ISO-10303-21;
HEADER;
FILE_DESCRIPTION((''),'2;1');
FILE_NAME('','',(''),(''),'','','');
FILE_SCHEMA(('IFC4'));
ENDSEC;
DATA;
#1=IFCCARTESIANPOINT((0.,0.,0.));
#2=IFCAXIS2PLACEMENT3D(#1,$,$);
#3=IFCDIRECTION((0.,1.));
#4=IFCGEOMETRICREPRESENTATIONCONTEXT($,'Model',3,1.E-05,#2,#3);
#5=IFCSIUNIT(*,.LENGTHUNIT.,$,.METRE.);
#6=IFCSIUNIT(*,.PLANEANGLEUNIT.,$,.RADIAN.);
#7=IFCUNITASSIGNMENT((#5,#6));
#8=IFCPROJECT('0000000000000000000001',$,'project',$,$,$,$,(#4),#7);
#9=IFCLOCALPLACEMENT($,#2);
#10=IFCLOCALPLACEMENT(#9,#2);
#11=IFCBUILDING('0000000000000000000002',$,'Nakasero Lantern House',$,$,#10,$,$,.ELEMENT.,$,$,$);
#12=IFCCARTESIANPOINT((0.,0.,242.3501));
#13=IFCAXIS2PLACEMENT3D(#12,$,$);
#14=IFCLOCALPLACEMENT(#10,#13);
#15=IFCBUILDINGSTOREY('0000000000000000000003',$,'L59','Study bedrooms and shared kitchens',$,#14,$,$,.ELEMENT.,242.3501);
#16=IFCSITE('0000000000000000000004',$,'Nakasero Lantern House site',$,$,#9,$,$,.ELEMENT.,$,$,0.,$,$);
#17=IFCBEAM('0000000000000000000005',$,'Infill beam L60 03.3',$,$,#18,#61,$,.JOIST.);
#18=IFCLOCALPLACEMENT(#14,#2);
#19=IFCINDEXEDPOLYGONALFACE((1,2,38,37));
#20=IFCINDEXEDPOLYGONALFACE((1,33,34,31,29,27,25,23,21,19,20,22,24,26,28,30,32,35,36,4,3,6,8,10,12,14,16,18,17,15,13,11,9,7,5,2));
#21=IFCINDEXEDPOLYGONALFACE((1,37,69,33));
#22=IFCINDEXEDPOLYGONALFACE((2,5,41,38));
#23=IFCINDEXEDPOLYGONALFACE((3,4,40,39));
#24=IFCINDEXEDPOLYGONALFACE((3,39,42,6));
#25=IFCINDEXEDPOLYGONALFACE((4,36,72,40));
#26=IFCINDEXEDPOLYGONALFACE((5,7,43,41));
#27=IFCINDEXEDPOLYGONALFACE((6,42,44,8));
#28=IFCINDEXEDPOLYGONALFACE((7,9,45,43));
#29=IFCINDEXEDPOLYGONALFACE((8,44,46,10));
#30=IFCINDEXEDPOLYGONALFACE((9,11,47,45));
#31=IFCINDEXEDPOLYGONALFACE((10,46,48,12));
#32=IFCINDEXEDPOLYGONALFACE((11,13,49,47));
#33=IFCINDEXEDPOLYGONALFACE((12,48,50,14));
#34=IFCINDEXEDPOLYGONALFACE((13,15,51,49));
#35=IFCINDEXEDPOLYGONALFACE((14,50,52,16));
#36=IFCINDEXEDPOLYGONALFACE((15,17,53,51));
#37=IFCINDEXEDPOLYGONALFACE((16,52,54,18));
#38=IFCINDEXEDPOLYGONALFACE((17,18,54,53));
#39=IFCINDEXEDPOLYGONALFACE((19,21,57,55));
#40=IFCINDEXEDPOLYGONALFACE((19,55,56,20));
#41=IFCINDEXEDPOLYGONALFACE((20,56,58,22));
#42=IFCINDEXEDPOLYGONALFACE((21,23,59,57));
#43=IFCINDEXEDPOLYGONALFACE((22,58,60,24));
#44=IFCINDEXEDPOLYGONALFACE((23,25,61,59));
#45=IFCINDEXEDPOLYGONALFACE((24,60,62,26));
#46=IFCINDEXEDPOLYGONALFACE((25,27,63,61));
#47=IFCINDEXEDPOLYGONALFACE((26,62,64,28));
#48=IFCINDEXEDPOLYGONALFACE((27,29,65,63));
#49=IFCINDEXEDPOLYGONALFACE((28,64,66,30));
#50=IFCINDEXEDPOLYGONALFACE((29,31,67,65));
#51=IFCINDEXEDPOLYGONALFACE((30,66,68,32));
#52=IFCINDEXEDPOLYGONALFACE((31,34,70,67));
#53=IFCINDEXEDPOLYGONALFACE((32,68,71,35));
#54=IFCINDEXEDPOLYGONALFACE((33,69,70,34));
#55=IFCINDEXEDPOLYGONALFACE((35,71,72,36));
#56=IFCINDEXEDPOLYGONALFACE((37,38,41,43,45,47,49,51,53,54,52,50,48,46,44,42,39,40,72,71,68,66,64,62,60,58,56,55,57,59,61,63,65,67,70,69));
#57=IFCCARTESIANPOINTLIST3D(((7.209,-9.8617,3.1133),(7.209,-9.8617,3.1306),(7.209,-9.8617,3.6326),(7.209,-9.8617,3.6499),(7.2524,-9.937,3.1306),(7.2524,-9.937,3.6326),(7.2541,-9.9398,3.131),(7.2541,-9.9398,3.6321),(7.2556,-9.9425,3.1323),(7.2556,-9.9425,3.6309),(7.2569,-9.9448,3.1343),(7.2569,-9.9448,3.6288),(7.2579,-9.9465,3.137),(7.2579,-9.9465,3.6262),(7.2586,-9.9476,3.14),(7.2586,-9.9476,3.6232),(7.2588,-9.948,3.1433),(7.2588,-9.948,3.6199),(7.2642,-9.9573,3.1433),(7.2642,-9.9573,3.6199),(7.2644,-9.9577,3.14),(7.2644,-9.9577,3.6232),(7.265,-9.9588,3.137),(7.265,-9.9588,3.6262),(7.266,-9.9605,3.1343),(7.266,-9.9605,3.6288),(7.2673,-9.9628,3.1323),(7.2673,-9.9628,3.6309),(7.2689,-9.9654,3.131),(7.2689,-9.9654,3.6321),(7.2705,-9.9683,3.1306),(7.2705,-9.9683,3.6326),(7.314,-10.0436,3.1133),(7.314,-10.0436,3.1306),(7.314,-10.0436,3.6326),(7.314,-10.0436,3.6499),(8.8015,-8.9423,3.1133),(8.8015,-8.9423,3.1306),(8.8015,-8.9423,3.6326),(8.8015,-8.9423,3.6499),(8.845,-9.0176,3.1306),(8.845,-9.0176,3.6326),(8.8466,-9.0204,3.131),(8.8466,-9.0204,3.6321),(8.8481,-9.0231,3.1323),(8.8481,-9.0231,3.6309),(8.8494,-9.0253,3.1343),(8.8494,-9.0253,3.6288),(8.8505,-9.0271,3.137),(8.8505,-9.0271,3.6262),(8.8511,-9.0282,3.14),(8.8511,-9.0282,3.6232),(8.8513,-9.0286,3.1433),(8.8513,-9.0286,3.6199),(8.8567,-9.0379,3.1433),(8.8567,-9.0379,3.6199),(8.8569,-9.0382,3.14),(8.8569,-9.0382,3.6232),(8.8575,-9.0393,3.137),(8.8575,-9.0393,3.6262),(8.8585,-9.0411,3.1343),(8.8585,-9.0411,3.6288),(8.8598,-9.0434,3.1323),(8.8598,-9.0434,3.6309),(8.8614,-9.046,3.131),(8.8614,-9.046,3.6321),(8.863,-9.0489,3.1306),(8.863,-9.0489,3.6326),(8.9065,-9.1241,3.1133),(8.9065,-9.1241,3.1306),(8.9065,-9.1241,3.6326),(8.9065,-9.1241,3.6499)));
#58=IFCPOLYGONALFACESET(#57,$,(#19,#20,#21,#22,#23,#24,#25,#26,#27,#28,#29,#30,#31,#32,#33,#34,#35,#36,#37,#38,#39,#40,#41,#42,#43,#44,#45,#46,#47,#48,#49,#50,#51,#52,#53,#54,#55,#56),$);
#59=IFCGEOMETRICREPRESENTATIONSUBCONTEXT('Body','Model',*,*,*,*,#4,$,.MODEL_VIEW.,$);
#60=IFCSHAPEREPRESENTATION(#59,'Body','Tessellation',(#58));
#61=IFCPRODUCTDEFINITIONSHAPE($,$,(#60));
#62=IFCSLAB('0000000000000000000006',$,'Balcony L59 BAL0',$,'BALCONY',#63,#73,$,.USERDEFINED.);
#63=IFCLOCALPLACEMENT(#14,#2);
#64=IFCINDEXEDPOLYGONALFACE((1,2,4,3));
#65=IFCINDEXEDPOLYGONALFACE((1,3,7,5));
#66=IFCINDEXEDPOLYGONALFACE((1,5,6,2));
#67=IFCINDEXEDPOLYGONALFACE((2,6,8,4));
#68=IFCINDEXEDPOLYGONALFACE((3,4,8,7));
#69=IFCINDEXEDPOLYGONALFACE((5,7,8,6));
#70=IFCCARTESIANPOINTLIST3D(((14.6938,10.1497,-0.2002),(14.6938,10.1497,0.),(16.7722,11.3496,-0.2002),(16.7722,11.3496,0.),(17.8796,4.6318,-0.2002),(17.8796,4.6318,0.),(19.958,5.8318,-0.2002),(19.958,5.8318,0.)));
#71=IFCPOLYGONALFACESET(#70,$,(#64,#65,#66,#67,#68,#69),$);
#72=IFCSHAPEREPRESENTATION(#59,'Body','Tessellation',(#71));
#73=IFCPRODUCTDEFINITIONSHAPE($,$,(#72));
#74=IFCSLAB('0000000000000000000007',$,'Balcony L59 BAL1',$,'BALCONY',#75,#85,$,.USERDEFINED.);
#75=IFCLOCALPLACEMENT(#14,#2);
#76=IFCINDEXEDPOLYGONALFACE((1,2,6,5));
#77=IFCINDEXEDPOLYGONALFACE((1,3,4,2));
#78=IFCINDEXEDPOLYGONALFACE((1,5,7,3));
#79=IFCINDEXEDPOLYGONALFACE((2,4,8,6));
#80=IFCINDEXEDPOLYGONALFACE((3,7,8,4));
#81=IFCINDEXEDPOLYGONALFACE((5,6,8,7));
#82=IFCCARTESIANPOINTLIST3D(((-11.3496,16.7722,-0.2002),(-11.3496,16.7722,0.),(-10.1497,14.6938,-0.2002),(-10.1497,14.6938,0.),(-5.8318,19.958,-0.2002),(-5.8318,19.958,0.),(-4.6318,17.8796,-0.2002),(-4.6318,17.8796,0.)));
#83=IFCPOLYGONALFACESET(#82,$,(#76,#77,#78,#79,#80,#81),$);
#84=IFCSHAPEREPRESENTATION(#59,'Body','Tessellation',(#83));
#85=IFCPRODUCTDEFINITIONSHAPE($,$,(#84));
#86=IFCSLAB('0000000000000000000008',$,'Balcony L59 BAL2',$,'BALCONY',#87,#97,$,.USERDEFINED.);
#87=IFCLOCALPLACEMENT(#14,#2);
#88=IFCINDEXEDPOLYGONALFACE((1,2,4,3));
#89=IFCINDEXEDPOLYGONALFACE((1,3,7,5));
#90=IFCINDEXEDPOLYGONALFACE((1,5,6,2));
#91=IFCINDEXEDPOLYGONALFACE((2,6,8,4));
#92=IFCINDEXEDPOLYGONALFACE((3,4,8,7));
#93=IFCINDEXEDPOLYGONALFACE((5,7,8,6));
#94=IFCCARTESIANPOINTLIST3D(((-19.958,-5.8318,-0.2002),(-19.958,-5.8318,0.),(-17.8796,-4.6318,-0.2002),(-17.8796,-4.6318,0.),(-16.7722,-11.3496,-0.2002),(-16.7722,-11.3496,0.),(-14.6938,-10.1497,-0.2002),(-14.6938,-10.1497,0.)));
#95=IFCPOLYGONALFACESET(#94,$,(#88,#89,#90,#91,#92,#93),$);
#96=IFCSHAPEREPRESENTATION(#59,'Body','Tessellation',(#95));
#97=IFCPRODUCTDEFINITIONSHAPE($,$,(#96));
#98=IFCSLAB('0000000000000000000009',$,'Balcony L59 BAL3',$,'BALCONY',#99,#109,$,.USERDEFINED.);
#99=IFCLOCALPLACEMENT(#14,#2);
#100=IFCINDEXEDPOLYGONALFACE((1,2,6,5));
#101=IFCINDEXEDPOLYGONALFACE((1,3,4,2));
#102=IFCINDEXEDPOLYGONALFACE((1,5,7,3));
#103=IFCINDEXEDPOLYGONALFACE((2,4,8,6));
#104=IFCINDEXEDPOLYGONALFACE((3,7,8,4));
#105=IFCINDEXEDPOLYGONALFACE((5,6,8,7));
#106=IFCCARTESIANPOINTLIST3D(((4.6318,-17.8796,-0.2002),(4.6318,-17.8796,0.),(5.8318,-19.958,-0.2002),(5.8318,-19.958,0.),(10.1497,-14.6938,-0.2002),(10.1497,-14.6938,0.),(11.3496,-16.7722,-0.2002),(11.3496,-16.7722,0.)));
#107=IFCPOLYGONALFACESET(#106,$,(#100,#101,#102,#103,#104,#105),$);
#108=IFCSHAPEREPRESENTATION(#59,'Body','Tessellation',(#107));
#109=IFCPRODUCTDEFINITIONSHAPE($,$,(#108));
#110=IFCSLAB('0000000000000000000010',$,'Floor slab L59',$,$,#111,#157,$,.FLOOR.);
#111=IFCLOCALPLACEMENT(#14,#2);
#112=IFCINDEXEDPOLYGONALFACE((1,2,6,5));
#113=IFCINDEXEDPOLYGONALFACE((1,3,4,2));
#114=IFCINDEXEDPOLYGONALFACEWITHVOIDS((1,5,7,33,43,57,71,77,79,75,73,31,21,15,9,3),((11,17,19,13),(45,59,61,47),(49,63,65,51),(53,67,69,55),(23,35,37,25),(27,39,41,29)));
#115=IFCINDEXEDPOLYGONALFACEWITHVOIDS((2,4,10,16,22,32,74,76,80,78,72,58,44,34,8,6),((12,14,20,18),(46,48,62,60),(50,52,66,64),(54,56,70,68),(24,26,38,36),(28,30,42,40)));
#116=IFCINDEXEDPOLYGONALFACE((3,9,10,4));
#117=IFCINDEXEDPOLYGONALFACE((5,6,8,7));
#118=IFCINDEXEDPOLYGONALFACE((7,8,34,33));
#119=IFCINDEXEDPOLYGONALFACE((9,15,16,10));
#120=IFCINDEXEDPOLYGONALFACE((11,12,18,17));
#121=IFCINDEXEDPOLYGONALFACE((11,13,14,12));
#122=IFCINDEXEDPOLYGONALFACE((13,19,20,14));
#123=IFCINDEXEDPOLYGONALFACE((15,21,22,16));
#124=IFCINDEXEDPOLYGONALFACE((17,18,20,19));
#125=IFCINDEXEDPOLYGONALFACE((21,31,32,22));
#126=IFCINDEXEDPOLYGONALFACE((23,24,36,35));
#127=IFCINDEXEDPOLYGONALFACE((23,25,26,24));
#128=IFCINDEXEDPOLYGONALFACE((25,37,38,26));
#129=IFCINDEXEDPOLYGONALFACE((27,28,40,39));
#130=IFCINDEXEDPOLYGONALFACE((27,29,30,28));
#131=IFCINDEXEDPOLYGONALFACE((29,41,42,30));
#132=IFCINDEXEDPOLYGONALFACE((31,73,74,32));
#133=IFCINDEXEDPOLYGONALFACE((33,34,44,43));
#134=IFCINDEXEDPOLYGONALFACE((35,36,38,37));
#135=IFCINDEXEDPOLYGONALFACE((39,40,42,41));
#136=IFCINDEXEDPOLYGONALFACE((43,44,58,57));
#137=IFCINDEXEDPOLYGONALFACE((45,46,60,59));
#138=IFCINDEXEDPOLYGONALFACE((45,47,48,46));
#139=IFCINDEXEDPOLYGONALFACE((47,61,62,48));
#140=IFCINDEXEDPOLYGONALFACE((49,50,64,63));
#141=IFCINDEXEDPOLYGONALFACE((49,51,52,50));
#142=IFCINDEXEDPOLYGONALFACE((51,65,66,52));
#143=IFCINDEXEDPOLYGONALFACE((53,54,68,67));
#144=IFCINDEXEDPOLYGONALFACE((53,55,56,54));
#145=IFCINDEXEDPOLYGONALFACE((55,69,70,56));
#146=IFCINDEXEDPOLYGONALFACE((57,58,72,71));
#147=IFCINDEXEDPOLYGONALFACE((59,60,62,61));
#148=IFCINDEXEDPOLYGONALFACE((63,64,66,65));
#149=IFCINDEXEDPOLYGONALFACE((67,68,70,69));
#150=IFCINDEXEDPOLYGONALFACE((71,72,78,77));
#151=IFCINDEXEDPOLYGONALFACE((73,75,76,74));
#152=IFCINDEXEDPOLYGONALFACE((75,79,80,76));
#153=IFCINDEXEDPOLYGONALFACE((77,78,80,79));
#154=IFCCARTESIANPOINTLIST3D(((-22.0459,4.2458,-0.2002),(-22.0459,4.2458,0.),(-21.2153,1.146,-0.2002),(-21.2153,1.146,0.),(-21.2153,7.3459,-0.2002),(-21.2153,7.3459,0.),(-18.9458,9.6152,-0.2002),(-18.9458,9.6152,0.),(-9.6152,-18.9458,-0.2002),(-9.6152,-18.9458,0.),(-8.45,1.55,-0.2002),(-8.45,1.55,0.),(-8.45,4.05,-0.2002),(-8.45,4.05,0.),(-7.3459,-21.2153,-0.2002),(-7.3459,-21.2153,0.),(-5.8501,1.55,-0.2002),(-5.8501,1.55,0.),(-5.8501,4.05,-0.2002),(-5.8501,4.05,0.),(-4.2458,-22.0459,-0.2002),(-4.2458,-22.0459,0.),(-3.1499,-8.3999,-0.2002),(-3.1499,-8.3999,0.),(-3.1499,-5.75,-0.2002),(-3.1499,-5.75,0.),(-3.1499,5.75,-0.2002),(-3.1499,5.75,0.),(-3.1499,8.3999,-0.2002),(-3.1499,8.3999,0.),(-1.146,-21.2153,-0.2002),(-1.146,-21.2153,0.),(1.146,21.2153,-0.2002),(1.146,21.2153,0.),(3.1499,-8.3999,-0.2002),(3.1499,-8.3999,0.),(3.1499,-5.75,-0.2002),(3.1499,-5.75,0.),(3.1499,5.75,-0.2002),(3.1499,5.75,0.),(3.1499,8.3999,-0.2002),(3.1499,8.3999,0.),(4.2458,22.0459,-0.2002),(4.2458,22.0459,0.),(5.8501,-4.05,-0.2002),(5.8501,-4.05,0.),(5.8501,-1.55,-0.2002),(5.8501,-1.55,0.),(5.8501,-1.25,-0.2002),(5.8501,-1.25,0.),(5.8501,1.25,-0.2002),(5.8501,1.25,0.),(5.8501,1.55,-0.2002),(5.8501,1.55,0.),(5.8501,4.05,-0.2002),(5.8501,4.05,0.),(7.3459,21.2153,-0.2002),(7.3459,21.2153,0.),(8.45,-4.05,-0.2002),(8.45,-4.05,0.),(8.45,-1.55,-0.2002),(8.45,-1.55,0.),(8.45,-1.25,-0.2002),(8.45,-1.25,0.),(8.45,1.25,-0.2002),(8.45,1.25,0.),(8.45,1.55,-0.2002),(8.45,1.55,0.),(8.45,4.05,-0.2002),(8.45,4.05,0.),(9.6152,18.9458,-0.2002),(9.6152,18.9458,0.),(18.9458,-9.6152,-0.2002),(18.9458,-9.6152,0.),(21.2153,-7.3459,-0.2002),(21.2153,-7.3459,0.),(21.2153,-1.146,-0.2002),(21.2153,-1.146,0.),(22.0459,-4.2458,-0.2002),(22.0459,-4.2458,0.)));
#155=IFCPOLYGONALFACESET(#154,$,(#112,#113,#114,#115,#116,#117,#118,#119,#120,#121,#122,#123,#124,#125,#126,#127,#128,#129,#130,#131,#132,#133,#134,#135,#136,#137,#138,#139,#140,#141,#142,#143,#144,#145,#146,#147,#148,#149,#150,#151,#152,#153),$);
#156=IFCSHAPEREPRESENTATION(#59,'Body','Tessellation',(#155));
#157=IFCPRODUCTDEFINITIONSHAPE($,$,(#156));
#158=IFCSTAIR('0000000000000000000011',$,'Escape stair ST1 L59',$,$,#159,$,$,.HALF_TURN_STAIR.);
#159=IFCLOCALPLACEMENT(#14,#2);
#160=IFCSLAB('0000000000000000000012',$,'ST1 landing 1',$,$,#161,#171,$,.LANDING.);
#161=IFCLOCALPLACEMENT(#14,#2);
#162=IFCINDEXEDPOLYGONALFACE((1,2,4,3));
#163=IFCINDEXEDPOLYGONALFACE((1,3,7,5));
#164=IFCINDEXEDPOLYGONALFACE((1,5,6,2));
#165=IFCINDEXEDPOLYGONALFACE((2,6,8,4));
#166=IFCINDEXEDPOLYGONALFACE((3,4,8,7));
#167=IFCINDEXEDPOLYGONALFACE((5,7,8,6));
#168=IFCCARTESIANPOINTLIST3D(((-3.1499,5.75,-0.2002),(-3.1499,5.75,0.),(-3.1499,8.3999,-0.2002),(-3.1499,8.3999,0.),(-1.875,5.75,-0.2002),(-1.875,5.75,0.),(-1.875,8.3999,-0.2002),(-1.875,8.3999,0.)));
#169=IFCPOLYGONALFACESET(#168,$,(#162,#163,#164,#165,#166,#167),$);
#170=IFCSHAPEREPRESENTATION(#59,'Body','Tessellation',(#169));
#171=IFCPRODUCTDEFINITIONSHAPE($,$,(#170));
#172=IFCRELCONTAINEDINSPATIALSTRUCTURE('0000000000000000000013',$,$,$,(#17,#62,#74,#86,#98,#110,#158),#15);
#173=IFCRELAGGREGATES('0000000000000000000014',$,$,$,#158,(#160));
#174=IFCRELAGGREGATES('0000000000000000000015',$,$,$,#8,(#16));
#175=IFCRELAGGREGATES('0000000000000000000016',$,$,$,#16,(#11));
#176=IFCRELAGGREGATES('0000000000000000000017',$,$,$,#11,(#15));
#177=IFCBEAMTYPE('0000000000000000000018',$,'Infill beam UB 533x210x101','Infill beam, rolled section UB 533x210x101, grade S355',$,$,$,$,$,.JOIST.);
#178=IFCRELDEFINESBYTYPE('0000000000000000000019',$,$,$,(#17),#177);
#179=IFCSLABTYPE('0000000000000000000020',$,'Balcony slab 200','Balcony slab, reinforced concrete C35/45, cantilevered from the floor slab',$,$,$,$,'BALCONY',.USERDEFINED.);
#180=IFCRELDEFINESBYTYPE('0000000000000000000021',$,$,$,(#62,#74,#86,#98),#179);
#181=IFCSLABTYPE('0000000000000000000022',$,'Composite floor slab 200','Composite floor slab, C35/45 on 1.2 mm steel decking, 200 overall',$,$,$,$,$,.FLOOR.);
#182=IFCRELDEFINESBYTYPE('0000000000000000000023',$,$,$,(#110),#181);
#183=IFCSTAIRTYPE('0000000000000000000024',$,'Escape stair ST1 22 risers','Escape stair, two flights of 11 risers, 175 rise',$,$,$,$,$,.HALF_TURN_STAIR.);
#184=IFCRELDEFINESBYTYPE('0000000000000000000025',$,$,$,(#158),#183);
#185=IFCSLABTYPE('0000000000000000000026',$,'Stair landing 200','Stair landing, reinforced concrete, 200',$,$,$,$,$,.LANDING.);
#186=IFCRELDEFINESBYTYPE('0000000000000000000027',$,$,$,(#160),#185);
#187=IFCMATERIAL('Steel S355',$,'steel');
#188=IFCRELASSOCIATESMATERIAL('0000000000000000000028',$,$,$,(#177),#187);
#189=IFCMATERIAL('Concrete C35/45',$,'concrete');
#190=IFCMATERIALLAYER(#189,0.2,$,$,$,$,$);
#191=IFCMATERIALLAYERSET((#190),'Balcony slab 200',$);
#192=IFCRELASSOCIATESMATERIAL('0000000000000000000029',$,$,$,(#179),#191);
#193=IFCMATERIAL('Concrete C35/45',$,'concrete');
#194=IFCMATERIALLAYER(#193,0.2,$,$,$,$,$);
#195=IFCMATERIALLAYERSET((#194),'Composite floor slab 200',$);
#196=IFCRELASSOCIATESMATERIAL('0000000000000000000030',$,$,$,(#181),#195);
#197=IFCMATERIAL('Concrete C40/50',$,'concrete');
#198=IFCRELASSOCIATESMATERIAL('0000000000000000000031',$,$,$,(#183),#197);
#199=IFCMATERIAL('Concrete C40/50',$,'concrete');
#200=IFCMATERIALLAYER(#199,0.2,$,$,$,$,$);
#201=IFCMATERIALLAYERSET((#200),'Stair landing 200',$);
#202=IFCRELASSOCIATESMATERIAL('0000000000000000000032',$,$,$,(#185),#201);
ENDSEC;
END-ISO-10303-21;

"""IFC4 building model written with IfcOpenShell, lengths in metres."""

from ifc_helpers import new_model, si_unit, direction, frame, origin, origin_2d, place, context, subcontext, project, spatial, polyline, i_section, outline, extrude, material, layer, layer_set, material_profile, profile_set, type_object, element, aggregate, save


model = new_model("IFC4")

# Units and contexts
model_context = context("Model", 3, precision=1e-05, world=origin(), true_north=direction((0.0, 1.0)))
body_context = subcontext(model_context, "Body", "Model", "MODEL_VIEW")
ifc_project = project(units=[si_unit("LENGTHUNIT", "METRE"), si_unit("PLANEANGLEUNIT", "RADIAN")], contexts=[model_context])

# Site, building, storey
site_placement = place(None, origin())
site = spatial("IfcSite", under=ifc_project, at=site_placement, Name="Nakasero Lantern House site", CompositionType="ELEMENT", RefElevation=0.0)
building_placement = place(site_placement, origin())
building = spatial("IfcBuilding", under=site, at=building_placement, Name="Nakasero Lantern House", CompositionType="ELEMENT")
storey_placement = place(building_placement, frame((0.0, 0.0, 242.3501)))
storey = spatial("IfcBuildingStorey", under=building, at=storey_placement, Name="L59", Description="Study bedrooms and shared kitchens", CompositionType="ELEMENT", Elevation=242.3501)

# Beam
ifc_material_1 = material(Name="Steel S355", Category="steel")
ifc_material_profile = material_profile(ifc_material_1, i_section(OverallWidth=0.21, OverallDepth=0.5366, WebThickness=0.0107, FlangeThickness=0.0173, FilletRadius=0.0127, at=origin_2d()), Name="UB 533x210x101")
ifc_profile_set = profile_set([ifc_material_profile], Name="Steel S355")
beam_type = type_object("IfcBeamType", Name="Infill beam UB 533x210x101", Description="Infill beam, rolled section UB 533x210x101, grade S355", PredefinedType="JOIST", material=ifc_profile_set)
beam_placement = place(storey_placement, frame((7.2615, -9.9526, 3.3816), z_axis=(0.866029, 0.499994, 0.0), x_axis=(-0.499994, 0.866029, 0.0)))
element("IfcBeam", 1, at=beam_placement, inside=storey, type_object=beam_type, Name="Infill beam L60 03.3", PredefinedType="JOIST", context=body_context, shape_type="SweptSolid", body=[
    extrude(i_section(OverallWidth=0.21, OverallDepth=0.5366, WebThickness=0.0107, FlangeThickness=0.0173, FilletRadius=0.0127, at=origin_2d()), origin(), (0.0, 0.0, 1.0), 1.8389),
])

# Slabs
ifc_material_2 = material(Name="Concrete C35/45", Category="concrete")
ifc_layer_1 = layer(ifc_material_2, 0.2)
ifc_layer_set_1 = layer_set([ifc_layer_1], Name="Balcony slab 200")
slab_type_1 = type_object("IfcSlabType", Name="Balcony slab 200", Description="Balcony slab, reinforced concrete C35/45, cantilevered from the floor slab", ElementType="BALCONY", PredefinedType="USERDEFINED", material=ifc_layer_set_1)
slab_1_placement = place(storey_placement, frame((0.0, 0.0, -0.2002)))
element("IfcSlab", 2, at=slab_1_placement, inside=storey, type_object=slab_type_1, Name="Balcony L59 BAL0", ObjectType="BALCONY", PredefinedType="USERDEFINED", context=body_context, shape_type="SweptSolid", body=[
    extrude(outline(polyline([(17.8796, 4.6318), (19.958, 5.8318), (16.7722, 11.3496), (14.6938, 10.1497), (17.8796, 4.6318)])), origin(), (0.0, 0.0, 1.0), 0.2002),
])
slab_2_placement = place(storey_placement, frame((0.0, 0.0, -0.2002)))
element("IfcSlab", 3, at=slab_2_placement, inside=storey, type_object=slab_type_1, Name="Balcony L59 BAL1", ObjectType="BALCONY", PredefinedType="USERDEFINED", context=body_context, shape_type="SweptSolid", body=[
    extrude(outline(polyline([(-4.6318, 17.8796), (-5.8318, 19.958), (-11.3496, 16.7722), (-10.1497, 14.6938), (-4.6318, 17.8796)])), origin(), (0.0, 0.0, 1.0), 0.2002),
])
slab_3_placement = place(storey_placement, frame((0.0, 0.0, -0.2002)))
element("IfcSlab", 4, at=slab_3_placement, inside=storey, type_object=slab_type_1, Name="Balcony L59 BAL2", ObjectType="BALCONY", PredefinedType="USERDEFINED", context=body_context, shape_type="SweptSolid", body=[
    extrude(outline(polyline([(-17.8796, -4.6318), (-19.958, -5.8318), (-16.7722, -11.3496), (-14.6938, -10.1497), (-17.8796, -4.6318)])), origin(), (0.0, 0.0, 1.0), 0.2002),
])
slab_4_placement = place(storey_placement, frame((0.0, 0.0, -0.2002)))
element("IfcSlab", 5, at=slab_4_placement, inside=storey, type_object=slab_type_1, Name="Balcony L59 BAL3", ObjectType="BALCONY", PredefinedType="USERDEFINED", context=body_context, shape_type="SweptSolid", body=[
    extrude(outline(polyline([(4.6318, -17.8796), (5.8318, -19.958), (11.3496, -16.7722), (10.1497, -14.6938), (4.6318, -17.8796)])), origin(), (0.0, 0.0, 1.0), 0.2002),
])
ifc_material_3 = material(Name="Concrete C35/45", Category="concrete")
ifc_layer_2 = layer(ifc_material_3, 0.2)
ifc_layer_set_2 = layer_set([ifc_layer_2], Name="Composite floor slab 200")
slab_type_2 = type_object("IfcSlabType", Name="Composite floor slab 200", Description="Composite floor slab, C35/45 on 1.2 mm steel decking, 200 overall", PredefinedType="FLOOR", material=ifc_layer_set_2)
slab_5_placement = place(storey_placement, frame((0.0, 0.0, -0.2002)))
element("IfcSlab", 6, at=slab_5_placement, inside=storey, type_object=slab_type_2, Name="Floor slab L59", PredefinedType="FLOOR", context=body_context, shape_type="SweptSolid", body=[
    extrude(outline(polyline([(9.6152, 18.9458), (7.3459, 21.2153), (4.2458, 22.0459), (1.146, 21.2153), (-18.9458, 9.6152), (-21.2153, 7.3459), (-22.0459, 4.2458), (-21.2153, 1.146), (-9.6152, -18.9458), (-7.3459, -21.2153), (-4.2458, -22.0459), (-1.146, -21.2153), (18.9458, -9.6152), (21.2153, -7.3459), (22.0459, -4.2458), (21.2153, -1.146), (9.6152, 18.9458)]), holes=[polyline([(-8.45, 1.55), (-5.8501, 1.55), (-5.8501, 4.05), (-8.45, 4.05), (-8.45, 1.55)]), polyline([(5.8501, -4.05), (8.45, -4.05), (8.45, -1.55), (5.8501, -1.55), (5.8501, -4.05)]), polyline([(5.8501, -1.25), (8.45, -1.25), (8.45, 1.25), (5.8501, 1.25), (5.8501, -1.25)]), polyline([(5.8501, 1.55), (8.45, 1.55), (8.45, 4.05), (5.8501, 4.05), (5.8501, 1.55)]), polyline([(-3.1499, 5.75), (3.1499, 5.75), (3.1499, 8.3999), (-3.1499, 8.3999), (-3.1499, 5.75)]), polyline([(-3.1499, -8.3999), (3.1499, -8.3999), (3.1499, -5.75), (-3.1499, -5.75), (-3.1499, -8.3999)])]), origin(), (0.0, 0.0, 1.0), 0.2002),
])

# Stair, slab
ifc_material_4 = material(Name="Concrete C40/50", Category="concrete")
stair_type_1 = type_object("IfcStairType", Name="Escape stair ST1 22 risers", Description="Escape stair, two flights of 11 risers, 175 rise", PredefinedType="HALF_TURN_STAIR", material=ifc_material_4)
stair_1_placement = place(storey_placement, origin())
stair_1 = element("IfcStair", 7, at=stair_1_placement, inside=storey, type_object=stair_type_1, Name="Escape stair ST1 L59", PredefinedType="HALF_TURN_STAIR")
ifc_material_5 = material(Name="Concrete C40/50", Category="concrete")
ifc_layer_3 = layer(ifc_material_5, 0.2)
ifc_layer_set_3 = layer_set([ifc_layer_3], Name="Stair landing 200")
slab_type_3 = type_object("IfcSlabType", Name="Stair landing 200", Description="Stair landing, reinforced concrete, 200", PredefinedType="LANDING", material=ifc_layer_set_3)
slab_6_placement = place(storey_placement, frame((0.0, 0.0, -0.2002)))
slab_6 = element("IfcSlab", 8, at=slab_6_placement, type_object=slab_type_3, Name="ST1 landing 1", PredefinedType="LANDING", context=body_context, shape_type="SweptSolid", body=[
    extrude(outline(polyline([(-3.1499, 5.75), (-1.875, 5.75), (-1.875, 8.3999), (-3.1499, 8.3999), (-3.1499, 5.75)])), origin(), (0.0, 0.0, 1.0), 0.2002),
])
aggregate(stair_1, [slab_6])

save(model, "model.ifc")
